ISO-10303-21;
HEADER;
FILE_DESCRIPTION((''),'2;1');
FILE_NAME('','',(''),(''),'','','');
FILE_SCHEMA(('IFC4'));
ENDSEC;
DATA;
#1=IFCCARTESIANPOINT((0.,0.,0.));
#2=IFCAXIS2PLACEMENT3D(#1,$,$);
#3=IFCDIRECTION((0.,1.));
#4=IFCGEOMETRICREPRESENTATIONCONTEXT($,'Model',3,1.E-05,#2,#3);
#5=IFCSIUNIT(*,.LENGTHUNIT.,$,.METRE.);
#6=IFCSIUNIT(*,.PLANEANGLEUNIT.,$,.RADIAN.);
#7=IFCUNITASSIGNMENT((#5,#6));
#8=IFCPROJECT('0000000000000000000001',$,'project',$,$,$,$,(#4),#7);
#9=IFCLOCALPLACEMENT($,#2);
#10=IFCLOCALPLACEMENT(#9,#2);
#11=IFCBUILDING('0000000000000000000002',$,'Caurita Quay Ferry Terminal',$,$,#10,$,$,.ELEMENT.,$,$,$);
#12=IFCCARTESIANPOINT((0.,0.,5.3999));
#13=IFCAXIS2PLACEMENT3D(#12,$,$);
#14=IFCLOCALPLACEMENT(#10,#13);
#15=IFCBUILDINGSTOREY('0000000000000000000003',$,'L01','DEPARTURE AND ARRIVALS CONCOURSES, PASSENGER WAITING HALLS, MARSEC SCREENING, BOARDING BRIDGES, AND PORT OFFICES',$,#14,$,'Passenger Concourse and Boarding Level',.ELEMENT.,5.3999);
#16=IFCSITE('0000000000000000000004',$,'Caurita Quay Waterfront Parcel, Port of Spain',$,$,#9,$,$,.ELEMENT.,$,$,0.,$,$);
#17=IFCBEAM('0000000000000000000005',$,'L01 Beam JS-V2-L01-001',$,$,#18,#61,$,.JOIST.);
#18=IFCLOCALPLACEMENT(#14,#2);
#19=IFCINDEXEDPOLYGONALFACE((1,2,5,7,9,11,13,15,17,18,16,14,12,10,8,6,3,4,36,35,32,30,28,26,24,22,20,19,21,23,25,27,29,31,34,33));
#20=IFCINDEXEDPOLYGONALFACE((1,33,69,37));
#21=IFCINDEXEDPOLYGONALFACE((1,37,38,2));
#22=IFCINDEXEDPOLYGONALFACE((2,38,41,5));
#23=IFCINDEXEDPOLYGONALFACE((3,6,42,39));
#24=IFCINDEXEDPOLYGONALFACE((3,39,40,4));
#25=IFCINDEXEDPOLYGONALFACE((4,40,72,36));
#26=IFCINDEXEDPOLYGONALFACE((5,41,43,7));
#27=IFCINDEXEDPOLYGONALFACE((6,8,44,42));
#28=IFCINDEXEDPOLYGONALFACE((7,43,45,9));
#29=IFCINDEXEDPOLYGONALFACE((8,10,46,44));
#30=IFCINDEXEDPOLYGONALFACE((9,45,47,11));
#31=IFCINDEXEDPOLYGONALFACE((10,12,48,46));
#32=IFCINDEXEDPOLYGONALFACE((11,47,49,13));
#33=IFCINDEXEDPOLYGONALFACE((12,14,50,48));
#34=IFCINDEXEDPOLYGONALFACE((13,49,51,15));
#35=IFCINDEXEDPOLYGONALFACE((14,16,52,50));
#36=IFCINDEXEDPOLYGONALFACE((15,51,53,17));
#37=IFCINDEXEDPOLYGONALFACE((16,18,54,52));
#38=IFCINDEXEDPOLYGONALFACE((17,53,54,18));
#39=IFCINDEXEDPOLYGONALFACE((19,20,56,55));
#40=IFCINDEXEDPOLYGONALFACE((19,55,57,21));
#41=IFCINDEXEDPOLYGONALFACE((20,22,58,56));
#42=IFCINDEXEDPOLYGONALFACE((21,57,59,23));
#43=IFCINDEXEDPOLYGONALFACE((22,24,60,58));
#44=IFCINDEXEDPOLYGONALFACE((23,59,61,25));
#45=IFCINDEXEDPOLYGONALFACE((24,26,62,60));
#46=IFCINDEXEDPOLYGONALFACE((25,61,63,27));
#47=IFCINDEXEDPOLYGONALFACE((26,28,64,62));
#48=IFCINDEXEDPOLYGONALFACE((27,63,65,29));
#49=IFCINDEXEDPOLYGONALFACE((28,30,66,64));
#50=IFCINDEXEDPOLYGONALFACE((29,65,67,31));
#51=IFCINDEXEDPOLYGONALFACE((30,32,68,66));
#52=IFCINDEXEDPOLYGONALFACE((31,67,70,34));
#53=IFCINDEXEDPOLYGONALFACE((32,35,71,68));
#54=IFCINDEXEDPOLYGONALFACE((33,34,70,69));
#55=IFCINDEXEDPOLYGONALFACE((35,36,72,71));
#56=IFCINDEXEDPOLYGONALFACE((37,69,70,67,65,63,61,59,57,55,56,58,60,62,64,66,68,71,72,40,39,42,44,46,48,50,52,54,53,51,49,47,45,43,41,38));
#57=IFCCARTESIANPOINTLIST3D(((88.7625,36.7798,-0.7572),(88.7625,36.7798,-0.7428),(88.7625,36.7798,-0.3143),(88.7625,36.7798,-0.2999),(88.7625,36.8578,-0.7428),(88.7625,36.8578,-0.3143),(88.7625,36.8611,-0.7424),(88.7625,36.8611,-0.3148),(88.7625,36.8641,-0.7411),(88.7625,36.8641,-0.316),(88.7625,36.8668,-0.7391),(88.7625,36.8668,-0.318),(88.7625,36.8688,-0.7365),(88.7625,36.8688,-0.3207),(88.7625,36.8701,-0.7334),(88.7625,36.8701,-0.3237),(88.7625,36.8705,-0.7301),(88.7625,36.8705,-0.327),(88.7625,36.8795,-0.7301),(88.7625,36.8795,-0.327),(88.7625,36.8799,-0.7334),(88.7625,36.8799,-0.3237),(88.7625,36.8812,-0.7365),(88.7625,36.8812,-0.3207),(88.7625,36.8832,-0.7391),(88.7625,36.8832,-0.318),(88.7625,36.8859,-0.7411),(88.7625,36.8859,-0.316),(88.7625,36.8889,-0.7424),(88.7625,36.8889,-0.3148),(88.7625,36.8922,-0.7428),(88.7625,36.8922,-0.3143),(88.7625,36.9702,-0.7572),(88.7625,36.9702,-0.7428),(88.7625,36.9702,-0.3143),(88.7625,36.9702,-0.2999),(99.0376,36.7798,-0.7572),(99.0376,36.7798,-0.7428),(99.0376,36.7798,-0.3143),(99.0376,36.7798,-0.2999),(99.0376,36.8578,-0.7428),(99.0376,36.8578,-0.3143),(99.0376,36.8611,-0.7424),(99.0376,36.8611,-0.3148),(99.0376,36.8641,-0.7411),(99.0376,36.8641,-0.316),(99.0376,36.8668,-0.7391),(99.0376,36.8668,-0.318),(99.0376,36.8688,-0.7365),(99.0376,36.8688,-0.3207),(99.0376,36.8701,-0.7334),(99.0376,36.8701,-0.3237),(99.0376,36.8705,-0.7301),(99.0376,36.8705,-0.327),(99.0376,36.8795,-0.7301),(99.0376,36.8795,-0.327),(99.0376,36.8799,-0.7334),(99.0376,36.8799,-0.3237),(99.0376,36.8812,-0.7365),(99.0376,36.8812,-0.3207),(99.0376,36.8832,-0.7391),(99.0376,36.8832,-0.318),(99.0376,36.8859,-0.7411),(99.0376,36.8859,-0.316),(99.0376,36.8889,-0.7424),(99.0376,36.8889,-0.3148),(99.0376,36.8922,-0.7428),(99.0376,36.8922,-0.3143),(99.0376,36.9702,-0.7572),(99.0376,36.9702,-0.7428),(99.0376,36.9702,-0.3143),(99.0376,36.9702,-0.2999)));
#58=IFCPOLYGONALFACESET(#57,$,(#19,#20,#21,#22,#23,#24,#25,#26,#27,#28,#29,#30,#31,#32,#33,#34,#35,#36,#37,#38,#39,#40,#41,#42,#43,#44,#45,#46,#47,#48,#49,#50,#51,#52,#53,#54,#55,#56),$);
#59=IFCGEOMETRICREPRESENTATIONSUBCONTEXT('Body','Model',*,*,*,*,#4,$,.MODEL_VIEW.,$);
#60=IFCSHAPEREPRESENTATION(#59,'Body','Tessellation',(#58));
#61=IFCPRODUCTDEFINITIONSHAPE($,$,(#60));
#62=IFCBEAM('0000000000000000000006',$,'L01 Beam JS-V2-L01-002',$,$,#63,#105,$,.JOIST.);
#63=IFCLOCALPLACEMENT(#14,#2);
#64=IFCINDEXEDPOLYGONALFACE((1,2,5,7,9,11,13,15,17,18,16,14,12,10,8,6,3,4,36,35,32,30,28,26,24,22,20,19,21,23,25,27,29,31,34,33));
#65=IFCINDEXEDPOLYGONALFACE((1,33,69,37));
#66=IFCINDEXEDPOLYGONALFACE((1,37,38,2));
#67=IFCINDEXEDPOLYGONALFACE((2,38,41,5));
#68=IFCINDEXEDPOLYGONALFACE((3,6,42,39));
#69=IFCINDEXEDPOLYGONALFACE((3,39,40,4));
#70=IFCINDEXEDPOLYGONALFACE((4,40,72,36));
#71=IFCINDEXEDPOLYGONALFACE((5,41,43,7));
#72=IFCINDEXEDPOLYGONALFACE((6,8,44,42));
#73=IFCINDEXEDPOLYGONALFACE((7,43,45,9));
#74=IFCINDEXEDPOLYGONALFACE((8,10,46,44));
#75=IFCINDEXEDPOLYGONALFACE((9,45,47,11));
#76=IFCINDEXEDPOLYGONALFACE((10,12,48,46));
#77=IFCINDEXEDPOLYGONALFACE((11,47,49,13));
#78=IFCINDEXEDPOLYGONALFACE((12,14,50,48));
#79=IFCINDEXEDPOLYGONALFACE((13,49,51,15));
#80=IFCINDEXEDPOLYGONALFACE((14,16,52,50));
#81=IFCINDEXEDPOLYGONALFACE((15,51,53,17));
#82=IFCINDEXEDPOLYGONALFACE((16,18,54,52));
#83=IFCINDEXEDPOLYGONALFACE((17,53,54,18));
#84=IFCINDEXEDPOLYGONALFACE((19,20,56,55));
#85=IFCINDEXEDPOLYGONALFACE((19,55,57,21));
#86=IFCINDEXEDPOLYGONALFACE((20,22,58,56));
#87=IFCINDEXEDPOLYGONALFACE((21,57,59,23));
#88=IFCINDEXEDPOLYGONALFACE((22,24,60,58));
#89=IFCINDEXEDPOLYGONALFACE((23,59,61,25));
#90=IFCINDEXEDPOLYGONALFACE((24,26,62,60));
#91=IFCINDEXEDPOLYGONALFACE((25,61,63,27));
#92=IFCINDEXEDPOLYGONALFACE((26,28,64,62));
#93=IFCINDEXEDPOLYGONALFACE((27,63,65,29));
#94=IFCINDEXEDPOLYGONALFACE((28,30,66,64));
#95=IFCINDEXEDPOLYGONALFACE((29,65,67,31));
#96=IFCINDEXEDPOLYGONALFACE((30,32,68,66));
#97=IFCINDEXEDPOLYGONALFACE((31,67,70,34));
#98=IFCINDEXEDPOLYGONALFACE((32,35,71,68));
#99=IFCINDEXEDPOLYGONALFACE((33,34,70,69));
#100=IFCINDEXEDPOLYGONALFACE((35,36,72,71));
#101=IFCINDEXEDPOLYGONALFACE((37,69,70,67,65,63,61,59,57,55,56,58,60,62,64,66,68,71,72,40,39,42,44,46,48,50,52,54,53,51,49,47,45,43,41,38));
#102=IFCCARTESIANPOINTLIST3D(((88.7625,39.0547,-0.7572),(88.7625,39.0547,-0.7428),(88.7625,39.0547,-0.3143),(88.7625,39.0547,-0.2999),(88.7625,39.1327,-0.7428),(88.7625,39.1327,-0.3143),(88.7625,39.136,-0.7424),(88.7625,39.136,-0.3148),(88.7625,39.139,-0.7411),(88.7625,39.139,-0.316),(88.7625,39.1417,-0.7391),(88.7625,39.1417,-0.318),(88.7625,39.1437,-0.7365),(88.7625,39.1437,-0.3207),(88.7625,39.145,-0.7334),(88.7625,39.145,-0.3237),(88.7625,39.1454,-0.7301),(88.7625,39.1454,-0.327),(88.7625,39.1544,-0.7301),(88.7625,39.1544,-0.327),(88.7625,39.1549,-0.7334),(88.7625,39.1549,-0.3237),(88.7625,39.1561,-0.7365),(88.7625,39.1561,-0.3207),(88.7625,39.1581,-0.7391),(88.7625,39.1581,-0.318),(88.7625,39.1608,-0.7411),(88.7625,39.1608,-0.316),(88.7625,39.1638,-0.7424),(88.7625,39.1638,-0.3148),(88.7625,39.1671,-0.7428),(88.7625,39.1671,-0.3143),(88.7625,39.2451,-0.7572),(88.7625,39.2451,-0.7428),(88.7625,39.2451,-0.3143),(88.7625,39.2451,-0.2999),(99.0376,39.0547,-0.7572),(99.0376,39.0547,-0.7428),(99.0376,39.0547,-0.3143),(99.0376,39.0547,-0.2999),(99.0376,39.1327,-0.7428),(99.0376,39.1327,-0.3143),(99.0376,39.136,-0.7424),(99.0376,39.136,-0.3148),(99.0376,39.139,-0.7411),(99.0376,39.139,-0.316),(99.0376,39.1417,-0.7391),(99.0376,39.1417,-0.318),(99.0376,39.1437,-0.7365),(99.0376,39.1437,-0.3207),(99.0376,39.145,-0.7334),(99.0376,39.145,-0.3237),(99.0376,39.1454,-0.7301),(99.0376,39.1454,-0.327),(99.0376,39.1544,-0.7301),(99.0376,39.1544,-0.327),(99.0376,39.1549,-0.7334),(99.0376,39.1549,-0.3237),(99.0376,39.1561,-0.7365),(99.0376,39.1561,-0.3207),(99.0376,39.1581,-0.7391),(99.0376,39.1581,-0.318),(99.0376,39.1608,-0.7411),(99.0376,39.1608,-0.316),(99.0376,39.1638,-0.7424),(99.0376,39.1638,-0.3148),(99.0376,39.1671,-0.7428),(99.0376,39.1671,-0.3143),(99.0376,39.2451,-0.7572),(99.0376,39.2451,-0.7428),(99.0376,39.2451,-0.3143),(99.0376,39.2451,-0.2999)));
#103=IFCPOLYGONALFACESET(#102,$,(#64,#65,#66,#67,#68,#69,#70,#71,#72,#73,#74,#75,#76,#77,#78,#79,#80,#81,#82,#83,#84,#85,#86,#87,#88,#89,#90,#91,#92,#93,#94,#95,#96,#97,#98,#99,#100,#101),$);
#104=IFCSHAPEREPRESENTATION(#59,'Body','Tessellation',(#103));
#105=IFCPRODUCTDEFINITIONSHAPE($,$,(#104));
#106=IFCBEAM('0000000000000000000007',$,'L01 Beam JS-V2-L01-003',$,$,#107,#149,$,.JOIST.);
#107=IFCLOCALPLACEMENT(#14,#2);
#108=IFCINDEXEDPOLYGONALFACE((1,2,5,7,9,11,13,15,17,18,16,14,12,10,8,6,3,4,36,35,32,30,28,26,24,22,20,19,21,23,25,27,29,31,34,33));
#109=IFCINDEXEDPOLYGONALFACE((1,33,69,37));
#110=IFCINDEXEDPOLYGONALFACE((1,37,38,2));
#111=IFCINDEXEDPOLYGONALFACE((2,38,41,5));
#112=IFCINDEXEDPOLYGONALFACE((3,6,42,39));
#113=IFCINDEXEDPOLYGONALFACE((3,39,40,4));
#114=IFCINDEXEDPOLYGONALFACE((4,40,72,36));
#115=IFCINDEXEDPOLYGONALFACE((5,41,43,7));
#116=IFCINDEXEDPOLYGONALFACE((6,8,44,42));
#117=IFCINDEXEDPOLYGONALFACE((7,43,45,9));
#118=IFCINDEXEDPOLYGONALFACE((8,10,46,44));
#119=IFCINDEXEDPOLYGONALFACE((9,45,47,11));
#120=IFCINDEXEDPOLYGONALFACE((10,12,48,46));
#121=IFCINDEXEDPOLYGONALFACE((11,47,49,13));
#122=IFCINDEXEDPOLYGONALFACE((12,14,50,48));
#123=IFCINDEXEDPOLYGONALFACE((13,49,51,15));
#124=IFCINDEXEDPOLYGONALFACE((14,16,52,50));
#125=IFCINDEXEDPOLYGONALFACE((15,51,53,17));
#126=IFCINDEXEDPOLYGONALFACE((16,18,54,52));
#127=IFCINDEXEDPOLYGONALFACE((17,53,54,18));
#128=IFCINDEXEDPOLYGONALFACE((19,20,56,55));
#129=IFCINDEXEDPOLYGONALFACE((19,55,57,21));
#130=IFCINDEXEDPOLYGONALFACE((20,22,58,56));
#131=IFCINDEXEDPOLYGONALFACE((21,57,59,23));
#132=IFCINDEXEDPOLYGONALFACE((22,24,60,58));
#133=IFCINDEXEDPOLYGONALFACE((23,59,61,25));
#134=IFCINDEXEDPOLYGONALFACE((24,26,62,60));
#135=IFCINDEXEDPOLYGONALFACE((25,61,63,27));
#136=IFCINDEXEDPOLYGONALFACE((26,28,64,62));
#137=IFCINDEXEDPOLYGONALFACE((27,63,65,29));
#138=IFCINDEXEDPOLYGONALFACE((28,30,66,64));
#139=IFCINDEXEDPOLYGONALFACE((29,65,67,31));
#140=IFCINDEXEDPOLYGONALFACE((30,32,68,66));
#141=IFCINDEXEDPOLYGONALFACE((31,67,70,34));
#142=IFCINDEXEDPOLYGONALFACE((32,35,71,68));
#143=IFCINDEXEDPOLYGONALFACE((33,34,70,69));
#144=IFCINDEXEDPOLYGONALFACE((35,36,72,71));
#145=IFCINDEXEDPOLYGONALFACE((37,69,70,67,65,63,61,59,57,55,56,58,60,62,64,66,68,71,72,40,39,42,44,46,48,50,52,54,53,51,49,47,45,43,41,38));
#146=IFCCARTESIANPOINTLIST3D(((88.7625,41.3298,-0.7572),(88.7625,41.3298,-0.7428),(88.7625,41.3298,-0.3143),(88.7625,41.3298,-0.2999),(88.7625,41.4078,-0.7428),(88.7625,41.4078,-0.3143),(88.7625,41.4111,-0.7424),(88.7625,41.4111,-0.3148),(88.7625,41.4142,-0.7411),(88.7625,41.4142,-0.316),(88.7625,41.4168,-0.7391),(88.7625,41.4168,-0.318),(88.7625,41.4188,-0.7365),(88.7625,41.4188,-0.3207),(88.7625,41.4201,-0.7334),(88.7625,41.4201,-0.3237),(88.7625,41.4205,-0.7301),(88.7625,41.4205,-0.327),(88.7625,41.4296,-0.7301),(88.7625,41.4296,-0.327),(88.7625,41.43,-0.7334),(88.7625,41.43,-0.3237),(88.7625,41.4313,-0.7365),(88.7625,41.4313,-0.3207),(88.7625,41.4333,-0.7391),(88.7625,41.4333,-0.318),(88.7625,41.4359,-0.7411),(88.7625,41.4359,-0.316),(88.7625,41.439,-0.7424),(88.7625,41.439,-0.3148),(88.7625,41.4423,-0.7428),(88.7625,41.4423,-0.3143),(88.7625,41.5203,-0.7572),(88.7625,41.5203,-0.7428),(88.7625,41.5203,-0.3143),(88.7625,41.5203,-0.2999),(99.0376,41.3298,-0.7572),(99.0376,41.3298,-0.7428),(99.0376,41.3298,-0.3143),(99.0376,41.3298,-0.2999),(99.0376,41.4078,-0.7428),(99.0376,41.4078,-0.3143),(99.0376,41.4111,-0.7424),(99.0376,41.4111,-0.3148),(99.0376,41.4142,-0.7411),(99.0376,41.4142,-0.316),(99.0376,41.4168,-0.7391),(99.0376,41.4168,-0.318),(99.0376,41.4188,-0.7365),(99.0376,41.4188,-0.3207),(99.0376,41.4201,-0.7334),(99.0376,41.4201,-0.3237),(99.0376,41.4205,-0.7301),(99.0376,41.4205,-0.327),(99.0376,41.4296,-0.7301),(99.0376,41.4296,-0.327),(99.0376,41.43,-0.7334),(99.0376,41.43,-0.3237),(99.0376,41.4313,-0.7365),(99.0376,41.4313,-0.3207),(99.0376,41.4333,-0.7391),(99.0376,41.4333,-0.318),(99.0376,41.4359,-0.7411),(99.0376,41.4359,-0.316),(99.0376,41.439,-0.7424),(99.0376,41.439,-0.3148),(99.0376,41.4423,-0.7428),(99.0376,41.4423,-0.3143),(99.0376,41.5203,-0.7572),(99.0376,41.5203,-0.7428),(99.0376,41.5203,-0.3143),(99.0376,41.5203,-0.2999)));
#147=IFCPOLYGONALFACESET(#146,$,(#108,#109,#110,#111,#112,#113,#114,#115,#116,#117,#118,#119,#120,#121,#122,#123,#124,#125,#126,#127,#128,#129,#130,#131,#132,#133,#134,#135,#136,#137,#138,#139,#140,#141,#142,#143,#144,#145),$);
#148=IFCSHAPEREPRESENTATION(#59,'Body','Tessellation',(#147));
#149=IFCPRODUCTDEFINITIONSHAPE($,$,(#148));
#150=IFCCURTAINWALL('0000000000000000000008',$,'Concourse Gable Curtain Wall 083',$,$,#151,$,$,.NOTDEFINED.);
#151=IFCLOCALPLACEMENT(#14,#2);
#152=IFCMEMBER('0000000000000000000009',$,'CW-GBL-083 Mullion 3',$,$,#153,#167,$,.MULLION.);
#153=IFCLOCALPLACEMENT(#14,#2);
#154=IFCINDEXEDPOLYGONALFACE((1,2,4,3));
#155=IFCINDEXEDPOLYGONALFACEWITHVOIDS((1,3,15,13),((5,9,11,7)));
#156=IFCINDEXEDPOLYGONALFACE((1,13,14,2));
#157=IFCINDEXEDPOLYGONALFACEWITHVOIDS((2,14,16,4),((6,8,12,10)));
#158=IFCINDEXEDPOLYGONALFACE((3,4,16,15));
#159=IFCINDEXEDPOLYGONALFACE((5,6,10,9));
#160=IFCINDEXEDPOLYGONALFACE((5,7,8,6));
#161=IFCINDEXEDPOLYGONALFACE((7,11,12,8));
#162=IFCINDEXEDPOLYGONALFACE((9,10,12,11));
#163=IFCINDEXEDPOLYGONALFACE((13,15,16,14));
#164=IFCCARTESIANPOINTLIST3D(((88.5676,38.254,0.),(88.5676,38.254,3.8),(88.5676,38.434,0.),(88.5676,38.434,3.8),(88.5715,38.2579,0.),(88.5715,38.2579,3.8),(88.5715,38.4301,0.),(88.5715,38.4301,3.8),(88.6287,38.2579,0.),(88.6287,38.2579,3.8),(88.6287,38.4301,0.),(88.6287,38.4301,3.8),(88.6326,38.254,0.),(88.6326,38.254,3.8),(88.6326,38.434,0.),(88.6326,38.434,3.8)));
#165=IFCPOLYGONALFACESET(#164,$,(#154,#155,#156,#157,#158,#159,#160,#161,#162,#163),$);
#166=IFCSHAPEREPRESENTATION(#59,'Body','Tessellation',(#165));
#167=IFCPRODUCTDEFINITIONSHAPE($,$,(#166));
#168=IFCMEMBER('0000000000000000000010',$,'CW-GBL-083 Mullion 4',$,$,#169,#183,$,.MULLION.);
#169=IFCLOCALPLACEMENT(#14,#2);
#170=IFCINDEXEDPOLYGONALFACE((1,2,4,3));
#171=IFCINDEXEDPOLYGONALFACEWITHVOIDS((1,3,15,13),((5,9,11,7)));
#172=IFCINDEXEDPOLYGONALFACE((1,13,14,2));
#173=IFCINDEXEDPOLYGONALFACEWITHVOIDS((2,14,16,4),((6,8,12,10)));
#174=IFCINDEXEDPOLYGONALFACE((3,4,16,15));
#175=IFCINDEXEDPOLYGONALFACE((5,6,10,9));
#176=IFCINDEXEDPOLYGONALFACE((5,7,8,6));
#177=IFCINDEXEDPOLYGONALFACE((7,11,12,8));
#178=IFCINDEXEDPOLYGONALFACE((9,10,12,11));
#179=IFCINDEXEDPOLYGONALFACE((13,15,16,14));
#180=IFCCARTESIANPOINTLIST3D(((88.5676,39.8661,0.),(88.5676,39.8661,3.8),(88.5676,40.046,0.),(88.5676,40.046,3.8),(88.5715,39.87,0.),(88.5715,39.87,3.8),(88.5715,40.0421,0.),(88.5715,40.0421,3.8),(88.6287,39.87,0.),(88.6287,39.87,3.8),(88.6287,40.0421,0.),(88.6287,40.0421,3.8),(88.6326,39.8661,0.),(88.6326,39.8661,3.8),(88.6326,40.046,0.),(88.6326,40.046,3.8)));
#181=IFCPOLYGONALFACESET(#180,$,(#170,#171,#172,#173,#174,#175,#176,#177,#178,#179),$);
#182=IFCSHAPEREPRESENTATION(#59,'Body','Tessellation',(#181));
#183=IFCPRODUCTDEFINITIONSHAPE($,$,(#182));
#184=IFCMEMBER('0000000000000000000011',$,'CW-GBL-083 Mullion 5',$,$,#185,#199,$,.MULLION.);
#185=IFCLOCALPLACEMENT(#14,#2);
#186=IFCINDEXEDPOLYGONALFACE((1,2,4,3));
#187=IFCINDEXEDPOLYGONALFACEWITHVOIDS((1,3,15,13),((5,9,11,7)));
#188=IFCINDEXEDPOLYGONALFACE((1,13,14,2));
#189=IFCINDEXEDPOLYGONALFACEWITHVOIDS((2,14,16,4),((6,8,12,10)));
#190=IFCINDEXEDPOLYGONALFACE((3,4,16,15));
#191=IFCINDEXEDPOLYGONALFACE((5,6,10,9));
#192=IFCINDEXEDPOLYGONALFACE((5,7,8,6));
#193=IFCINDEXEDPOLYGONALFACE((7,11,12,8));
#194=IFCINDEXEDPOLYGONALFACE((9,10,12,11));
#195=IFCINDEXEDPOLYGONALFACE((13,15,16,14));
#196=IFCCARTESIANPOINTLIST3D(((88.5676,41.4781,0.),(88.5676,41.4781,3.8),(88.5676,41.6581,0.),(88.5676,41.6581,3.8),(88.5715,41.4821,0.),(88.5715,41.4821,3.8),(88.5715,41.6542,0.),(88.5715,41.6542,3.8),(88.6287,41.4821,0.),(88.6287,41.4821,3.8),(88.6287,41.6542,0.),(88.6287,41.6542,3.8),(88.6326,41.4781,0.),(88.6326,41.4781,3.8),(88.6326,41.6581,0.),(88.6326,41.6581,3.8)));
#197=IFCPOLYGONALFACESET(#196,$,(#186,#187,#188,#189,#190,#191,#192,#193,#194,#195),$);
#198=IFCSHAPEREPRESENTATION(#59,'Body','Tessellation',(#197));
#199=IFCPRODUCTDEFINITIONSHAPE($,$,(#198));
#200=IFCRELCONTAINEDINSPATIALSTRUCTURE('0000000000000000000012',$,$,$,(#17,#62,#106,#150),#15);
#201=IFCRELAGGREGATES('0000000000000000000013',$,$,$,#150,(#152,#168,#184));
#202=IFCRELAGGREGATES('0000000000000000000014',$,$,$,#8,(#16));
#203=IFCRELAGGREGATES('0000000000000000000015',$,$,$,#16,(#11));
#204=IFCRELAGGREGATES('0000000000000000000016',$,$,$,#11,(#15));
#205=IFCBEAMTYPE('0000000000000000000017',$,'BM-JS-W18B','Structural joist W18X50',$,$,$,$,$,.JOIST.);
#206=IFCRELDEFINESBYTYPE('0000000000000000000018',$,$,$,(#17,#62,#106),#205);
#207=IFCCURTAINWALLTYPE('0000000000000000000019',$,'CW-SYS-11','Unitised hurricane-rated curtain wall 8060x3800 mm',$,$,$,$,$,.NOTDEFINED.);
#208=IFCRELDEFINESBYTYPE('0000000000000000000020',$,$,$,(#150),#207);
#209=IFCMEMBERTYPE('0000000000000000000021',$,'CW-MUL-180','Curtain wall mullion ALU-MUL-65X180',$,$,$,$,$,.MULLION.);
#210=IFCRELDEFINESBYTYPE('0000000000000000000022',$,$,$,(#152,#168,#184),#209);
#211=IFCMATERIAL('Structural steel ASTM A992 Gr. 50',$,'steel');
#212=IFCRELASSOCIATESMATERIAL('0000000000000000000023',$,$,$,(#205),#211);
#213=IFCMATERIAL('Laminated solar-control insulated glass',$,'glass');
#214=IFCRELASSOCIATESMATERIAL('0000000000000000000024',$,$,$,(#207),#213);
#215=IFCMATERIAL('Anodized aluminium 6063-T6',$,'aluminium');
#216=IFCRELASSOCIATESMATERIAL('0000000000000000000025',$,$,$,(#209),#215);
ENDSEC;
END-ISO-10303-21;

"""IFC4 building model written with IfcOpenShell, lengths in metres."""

from ifc_helpers import new_model, si_unit, direction, frame, origin, origin_2d, place, context, subcontext, project, spatial, hollow_rectangle, i_section, extrude, material, material_profile, profile_set, type_object, element, aggregate, save


model = new_model("IFC4")

# Units and contexts
model_context = context("Model", 3, precision=1e-05, world=origin(), true_north=direction((0.0, 1.0)))
body_context = subcontext(model_context, "Body", "Model", "MODEL_VIEW")
ifc_project = project(units=[si_unit("LENGTHUNIT", "METRE"), si_unit("PLANEANGLEUNIT", "RADIAN")], contexts=[model_context])

# Site, building, storey
site_placement = place(None, origin())
site = spatial("IfcSite", under=ifc_project, at=site_placement, Name="Caurita Quay Waterfront Parcel, Port of Spain", CompositionType="ELEMENT", RefElevation=0.0)
building_placement = place(site_placement, origin())
building = spatial("IfcBuilding", under=site, at=building_placement, Name="Caurita Quay Ferry Terminal", CompositionType="ELEMENT")
storey_placement = place(building_placement, frame((0.0, 0.0, 5.3999)))
storey = spatial("IfcBuildingStorey", under=building, at=storey_placement, Name="L01", Description="DEPARTURE AND ARRIVALS CONCOURSES, PASSENGER WAITING HALLS, MARSEC SCREENING, BOARDING BRIDGES, AND PORT OFFICES", LongName="Passenger Concourse and Boarding Level", CompositionType="ELEMENT", Elevation=5.3999)

# Beams
ifc_material_1 = material(Name="Structural steel ASTM A992 Gr. 50", Category="steel")
ifc_material_profile_1 = material_profile(ifc_material_1, i_section(OverallWidth=0.1904, OverallDepth=0.4573, WebThickness=0.009, FlangeThickness=0.0144, FilletRadius=0.0127, at=origin_2d()), Name="W18X50")
ifc_profile_set_1 = profile_set([ifc_material_profile_1], Name="Structural steel ASTM A992 Gr. 50")
beam_type = type_object("IfcBeamType", Name="BM-JS-W18B", Description="Structural joist W18X50", PredefinedType="JOIST", material=ifc_profile_set_1)
for number, where, z_axis, x_axis, name in (
    (1, (88.7625, 36.875, -0.5286), (1.0, 0.0, 0.0), (0.0, 1.0, 0.0), "L01 Beam JS-V2-L01-001"),
    (2, (88.7625, 39.1499, -0.5286), (1.0, 0.0, 0.0), (0.0, 1.0, 0.0), "L01 Beam JS-V2-L01-002"),
    (3, (88.7625, 41.425, -0.5286), (1.0, 0.0, 0.0), (0.0, 1.0, 0.0), "L01 Beam JS-V2-L01-003"),
):
    element("IfcBeam", number, at=place(storey_placement, frame(where, z_axis=z_axis, x_axis=x_axis)), inside=storey, type_object=beam_type, Name=name, PredefinedType="JOIST", context=body_context, shape_type="SweptSolid", body=[
        extrude(i_section(OverallWidth=0.1904, OverallDepth=0.4573, WebThickness=0.009, FlangeThickness=0.0144, FilletRadius=0.0127, at=origin_2d()), origin(), (0.0, 0.0, 1.0), 10.2751),
    ])

# Curtain wall, members
ifc_material_2 = material(Name="Laminated solar-control insulated glass", Category="glass")
curtain_wall_type = type_object("IfcCurtainWallType", Name="CW-SYS-11", Description="Unitised hurricane-rated curtain wall 8060x3800 mm", PredefinedType="NOTDEFINED", material=ifc_material_2)
curtain_wall_placement = place(storey_placement, origin())
curtain_wall = element("IfcCurtainWall", 4, at=curtain_wall_placement, inside=storey, type_object=curtain_wall_type, Name="Concourse Gable Curtain Wall 083", PredefinedType="NOTDEFINED")
ifc_material_3 = material(Name="Anodized aluminium 6063-T6", Category="aluminium")
ifc_material_profile_2 = material_profile(ifc_material_3, hollow_rectangle(XDim=0.0649, YDim=0.1799, WallThickness=0.0039, at=origin_2d()), Name="ALU-MUL-65X180")
ifc_profile_set_2 = profile_set([ifc_material_profile_2], Name="Anodized aluminium 6063-T6")
member_type_1 = type_object("IfcMemberType", Name="CW-MUL-180", Description="Curtain wall mullion ALU-MUL-65X180", PredefinedType="MULLION", material=ifc_profile_set_2)
member_1_placement = place(storey_placement, frame((88.6001, 38.344, 0.0), z_axis=(0.0, 0.0, 1.0), x_axis=(-1.0, 0.0, 0.0)))
member_1 = element("IfcMember", 5, at=member_1_placement, type_object=member_type_1, Name="CW-GBL-083 Mullion 3", PredefinedType="MULLION", context=body_context, shape_type="SweptSolid", body=[
    extrude(hollow_rectangle(XDim=0.0649, YDim=0.1799, WallThickness=0.0039, at=origin_2d()), origin(), (0.0, 0.0, 1.0), 3.8),
])
member_2_placement = place(storey_placement, frame((88.6001, 39.9561, 0.0), z_axis=(0.0, 0.0, 1.0), x_axis=(-1.0, 0.0, 0.0)))
member_2 = element("IfcMember", 6, at=member_2_placement, type_object=member_type_1, Name="CW-GBL-083 Mullion 4", PredefinedType="MULLION", context=body_context, shape_type="SweptSolid", body=[
    extrude(hollow_rectangle(XDim=0.0649, YDim=0.1799, WallThickness=0.0039, at=origin_2d()), origin(), (0.0, 0.0, 1.0), 3.8),
])
member_3_placement = place(storey_placement, frame((88.6001, 41.5681, 0.0), z_axis=(0.0, 0.0, 1.0), x_axis=(-1.0, 0.0, 0.0)))
member_3 = element("IfcMember", 7, at=member_3_placement, type_object=member_type_1, Name="CW-GBL-083 Mullion 5", PredefinedType="MULLION", context=body_context, shape_type="SweptSolid", body=[
    extrude(hollow_rectangle(XDim=0.0649, YDim=0.1799, WallThickness=0.0039, at=origin_2d()), origin(), (0.0, 0.0, 1.0), 3.8),
])
aggregate(curtain_wall, [member_1, member_2, member_3])

save(model, "model.ifc")
